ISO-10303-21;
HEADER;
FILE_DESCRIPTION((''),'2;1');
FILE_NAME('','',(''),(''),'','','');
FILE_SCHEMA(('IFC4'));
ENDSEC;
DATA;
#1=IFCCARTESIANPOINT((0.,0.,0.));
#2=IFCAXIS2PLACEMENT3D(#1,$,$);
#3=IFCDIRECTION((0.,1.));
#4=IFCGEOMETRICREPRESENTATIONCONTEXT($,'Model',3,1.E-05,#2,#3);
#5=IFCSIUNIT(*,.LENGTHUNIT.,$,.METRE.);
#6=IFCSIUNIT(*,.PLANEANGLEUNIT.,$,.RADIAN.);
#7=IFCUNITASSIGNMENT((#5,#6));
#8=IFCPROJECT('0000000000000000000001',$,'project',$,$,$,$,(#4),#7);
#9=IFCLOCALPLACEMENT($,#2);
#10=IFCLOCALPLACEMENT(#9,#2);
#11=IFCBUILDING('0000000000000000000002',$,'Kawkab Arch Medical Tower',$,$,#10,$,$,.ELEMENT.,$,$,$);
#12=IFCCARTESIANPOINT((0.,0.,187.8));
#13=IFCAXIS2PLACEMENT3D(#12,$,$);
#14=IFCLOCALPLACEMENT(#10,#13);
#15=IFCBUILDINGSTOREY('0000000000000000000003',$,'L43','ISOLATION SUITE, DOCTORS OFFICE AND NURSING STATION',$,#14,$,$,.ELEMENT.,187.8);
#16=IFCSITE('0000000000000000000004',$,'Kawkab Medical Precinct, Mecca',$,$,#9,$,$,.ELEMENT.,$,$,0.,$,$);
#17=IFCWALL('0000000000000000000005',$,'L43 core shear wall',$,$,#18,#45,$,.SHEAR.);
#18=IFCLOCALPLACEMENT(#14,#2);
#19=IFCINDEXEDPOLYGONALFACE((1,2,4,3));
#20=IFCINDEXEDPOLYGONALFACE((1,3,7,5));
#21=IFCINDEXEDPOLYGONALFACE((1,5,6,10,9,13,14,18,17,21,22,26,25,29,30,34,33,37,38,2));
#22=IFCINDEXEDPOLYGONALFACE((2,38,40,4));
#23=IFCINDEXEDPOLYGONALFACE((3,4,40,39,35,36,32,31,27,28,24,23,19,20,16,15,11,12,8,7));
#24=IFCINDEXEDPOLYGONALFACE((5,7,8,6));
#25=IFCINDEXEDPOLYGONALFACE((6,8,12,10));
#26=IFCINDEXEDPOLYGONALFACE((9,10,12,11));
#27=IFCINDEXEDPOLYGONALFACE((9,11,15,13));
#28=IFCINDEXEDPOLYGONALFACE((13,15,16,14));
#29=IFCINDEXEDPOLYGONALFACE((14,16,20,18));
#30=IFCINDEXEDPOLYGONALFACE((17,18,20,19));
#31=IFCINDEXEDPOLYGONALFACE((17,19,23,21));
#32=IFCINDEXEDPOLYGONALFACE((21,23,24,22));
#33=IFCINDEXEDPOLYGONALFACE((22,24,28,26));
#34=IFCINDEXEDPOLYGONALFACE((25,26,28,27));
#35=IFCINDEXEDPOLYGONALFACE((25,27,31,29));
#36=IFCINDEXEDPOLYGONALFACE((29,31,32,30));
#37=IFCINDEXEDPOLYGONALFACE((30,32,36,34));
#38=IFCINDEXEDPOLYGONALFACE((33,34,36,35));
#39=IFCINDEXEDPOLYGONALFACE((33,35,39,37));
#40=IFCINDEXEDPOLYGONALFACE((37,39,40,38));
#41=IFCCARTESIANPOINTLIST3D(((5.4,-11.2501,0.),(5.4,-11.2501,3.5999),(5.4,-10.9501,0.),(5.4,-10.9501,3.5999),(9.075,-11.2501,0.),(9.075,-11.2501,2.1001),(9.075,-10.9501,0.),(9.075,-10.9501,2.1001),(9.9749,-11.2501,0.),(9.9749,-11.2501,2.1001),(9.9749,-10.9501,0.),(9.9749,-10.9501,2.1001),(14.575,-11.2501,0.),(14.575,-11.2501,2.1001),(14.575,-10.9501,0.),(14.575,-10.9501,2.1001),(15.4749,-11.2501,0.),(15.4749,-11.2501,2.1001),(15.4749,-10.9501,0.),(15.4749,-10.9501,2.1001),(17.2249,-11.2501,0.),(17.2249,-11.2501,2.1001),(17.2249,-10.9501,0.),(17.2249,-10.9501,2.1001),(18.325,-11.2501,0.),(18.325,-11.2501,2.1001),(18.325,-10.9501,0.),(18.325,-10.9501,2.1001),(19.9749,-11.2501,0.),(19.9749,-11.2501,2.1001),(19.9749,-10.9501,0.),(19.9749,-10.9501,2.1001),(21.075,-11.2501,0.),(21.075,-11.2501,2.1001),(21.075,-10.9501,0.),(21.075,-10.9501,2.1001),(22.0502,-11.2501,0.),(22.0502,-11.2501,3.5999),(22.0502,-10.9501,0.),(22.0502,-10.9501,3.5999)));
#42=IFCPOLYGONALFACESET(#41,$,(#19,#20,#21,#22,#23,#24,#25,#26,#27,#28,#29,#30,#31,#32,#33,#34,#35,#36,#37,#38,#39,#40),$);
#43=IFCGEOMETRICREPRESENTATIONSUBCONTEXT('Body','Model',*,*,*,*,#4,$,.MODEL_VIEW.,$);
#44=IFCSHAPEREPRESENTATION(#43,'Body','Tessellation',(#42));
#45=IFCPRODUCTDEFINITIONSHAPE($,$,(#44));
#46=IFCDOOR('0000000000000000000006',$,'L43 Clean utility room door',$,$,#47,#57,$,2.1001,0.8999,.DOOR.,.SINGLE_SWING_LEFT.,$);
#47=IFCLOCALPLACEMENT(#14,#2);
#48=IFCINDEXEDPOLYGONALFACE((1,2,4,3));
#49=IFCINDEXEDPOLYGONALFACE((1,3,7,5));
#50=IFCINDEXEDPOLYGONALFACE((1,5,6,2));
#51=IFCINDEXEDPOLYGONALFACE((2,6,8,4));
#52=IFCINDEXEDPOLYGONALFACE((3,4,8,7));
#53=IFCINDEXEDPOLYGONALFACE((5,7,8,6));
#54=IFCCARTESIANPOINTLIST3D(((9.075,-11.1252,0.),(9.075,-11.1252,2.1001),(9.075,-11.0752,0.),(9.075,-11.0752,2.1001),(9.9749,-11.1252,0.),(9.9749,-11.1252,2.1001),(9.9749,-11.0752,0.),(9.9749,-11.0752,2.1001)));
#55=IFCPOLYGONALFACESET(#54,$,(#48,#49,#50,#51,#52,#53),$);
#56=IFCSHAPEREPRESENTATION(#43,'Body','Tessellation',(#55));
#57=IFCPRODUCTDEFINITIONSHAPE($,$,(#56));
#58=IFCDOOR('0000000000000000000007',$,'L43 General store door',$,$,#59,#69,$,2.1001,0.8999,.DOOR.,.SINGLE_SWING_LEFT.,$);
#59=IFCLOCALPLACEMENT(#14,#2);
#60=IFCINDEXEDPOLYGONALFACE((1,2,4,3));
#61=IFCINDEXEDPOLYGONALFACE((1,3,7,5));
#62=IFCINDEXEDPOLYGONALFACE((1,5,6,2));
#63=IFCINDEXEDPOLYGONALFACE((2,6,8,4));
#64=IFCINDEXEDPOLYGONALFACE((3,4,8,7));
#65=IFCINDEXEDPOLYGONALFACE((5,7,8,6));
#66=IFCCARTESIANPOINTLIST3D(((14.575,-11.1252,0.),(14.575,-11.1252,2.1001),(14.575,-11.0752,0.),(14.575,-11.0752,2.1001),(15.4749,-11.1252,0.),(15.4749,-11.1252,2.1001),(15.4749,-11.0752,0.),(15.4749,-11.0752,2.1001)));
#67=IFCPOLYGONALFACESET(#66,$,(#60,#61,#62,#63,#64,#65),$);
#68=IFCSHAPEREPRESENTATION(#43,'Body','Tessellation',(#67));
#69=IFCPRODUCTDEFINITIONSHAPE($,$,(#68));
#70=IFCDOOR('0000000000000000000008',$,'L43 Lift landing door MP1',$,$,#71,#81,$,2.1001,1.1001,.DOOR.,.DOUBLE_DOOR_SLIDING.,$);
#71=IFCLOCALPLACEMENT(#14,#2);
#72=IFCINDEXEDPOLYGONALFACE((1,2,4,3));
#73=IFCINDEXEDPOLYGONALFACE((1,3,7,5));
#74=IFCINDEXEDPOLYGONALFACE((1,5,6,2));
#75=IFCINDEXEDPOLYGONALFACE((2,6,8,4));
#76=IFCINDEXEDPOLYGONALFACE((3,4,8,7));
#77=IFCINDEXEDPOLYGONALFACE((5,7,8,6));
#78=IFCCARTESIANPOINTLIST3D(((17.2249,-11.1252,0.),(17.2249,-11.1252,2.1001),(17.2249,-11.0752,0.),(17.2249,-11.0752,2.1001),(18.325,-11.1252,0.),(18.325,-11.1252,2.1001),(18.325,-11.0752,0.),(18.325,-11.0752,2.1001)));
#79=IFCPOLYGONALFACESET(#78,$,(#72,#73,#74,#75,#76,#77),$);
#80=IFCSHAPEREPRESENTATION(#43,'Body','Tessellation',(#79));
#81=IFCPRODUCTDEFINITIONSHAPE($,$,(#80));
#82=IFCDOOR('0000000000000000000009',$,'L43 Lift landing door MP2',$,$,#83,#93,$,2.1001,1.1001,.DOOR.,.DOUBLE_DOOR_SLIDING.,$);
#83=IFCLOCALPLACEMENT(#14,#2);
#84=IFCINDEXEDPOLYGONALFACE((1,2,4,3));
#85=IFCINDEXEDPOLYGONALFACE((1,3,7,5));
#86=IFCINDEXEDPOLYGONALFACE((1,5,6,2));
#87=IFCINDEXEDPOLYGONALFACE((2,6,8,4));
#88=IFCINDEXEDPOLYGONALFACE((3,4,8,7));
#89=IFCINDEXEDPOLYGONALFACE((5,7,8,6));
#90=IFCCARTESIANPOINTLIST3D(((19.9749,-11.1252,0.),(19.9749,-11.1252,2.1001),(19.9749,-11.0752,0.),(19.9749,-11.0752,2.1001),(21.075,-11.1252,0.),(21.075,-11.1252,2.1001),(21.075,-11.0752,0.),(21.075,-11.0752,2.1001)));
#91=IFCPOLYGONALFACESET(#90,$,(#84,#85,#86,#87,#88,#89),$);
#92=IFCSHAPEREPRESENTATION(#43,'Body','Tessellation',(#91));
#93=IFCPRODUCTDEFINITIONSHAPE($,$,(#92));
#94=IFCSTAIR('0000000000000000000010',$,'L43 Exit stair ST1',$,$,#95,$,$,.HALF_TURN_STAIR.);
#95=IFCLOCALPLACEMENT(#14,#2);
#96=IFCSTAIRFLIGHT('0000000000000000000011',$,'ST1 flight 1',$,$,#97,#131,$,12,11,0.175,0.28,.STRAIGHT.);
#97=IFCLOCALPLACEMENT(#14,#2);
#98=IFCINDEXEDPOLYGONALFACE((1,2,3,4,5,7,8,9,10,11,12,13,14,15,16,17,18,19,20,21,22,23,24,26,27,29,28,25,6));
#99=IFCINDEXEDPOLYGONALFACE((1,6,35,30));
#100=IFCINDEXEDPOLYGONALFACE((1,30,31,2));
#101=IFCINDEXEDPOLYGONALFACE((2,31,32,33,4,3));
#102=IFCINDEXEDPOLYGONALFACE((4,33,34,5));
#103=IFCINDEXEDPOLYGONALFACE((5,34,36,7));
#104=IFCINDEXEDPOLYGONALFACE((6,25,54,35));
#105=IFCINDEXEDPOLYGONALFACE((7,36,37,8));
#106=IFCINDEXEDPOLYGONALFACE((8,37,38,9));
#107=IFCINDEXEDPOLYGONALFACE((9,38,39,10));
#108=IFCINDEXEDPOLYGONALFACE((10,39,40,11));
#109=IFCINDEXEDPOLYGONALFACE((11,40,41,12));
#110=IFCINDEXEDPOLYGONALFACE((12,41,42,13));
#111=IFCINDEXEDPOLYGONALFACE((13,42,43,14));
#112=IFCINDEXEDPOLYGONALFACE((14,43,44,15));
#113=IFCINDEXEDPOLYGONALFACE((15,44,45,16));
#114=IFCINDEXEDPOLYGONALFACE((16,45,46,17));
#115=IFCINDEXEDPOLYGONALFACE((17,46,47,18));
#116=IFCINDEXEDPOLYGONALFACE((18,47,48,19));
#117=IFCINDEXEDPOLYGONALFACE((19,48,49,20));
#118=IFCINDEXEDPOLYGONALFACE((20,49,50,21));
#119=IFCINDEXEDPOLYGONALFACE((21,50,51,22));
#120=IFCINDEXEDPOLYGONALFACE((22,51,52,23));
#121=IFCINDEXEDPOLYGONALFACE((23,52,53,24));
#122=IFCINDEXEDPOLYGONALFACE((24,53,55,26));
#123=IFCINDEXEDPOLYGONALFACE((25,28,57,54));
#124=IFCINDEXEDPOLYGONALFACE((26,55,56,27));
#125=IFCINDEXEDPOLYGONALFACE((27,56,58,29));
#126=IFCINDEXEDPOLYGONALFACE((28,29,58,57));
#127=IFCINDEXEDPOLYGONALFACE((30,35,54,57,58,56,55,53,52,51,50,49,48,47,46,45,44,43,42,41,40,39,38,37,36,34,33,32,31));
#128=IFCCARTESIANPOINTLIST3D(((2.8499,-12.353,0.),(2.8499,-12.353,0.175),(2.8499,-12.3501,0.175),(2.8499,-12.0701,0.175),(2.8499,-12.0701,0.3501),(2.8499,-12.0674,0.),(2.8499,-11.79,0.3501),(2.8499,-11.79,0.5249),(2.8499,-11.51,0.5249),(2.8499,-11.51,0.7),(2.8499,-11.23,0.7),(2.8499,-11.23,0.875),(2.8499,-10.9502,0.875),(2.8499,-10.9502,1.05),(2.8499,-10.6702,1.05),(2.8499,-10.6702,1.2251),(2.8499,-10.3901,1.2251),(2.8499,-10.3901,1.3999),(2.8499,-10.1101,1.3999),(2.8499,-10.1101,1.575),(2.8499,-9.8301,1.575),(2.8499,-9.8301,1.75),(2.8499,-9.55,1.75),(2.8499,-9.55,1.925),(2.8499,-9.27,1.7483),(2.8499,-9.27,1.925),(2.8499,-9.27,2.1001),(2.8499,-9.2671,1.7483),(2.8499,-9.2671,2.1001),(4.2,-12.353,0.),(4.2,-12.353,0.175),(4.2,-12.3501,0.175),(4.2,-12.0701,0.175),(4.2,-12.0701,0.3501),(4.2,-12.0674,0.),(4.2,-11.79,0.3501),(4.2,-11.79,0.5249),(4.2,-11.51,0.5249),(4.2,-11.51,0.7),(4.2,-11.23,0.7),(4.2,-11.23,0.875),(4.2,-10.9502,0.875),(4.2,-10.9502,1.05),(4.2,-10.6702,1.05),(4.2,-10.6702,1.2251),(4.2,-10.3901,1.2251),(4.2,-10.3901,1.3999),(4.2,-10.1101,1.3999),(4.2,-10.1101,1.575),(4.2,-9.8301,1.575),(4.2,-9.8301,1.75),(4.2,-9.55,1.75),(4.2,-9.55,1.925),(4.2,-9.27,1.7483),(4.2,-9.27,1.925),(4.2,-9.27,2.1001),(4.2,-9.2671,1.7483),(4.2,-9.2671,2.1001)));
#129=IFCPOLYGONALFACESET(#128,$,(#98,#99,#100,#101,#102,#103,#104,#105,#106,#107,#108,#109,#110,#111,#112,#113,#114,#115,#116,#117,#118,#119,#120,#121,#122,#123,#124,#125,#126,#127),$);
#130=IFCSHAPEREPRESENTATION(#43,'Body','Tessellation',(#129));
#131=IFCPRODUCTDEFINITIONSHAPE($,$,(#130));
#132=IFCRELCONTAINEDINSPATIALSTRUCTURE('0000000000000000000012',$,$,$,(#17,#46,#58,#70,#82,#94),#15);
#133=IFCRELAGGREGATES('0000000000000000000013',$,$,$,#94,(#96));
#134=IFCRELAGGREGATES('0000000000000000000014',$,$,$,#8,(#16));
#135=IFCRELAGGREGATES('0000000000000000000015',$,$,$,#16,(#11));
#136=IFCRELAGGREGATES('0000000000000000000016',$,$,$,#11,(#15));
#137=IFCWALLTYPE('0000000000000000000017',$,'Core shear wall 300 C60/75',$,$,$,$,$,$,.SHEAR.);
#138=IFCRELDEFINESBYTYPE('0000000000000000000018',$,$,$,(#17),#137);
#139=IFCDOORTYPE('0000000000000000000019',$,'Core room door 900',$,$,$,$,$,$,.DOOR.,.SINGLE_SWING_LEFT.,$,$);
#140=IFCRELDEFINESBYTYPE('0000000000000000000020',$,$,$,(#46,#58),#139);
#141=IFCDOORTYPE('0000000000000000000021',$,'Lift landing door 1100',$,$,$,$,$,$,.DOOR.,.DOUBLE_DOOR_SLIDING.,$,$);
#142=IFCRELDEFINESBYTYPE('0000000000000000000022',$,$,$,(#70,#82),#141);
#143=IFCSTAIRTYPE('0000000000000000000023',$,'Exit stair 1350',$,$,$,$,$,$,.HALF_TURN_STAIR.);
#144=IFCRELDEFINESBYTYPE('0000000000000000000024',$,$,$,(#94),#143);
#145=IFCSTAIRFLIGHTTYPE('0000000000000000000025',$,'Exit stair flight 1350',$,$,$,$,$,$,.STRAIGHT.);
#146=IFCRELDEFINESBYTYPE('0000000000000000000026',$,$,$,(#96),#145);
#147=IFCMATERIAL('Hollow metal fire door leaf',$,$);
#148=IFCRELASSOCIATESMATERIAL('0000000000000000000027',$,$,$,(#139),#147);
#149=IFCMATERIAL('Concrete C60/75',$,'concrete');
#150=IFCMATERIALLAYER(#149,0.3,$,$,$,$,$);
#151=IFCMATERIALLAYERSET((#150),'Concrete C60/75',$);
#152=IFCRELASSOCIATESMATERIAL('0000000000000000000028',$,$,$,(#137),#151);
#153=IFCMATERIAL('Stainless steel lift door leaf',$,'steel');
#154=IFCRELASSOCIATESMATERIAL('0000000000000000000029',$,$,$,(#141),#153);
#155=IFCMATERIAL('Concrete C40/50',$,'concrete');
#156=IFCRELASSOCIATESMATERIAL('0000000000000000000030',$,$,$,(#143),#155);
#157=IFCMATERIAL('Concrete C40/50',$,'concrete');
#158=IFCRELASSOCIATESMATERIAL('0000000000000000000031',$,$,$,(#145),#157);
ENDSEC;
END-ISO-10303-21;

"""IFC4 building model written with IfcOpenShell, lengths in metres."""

from ifc_helpers import new_model, si_unit, direction, frame, frame_2d, origin, place, context, subcontext, project, spatial, polyline, rectangle, outline, extrude, material, layer, layer_set, type_object, element, fill, aggregate, save


model = new_model("IFC4")

# Units and contexts
model_context = context("Model", 3, precision=1e-05, world=origin(), true_north=direction((0.0, 1.0)))
body_context = subcontext(model_context, "Body", "Model", "MODEL_VIEW")
ifc_project = project(units=[si_unit("LENGTHUNIT", "METRE"), si_unit("PLANEANGLEUNIT", "RADIAN")], contexts=[model_context])

# Site, building, storey
site_placement = place(None, origin())
site = spatial("IfcSite", under=ifc_project, at=site_placement, Name="Kawkab Medical Precinct, Mecca", CompositionType="ELEMENT", RefElevation=0.0)
building_placement = place(site_placement, origin())
building = spatial("IfcBuilding", under=site, at=building_placement, Name="Kawkab Arch Medical Tower", CompositionType="ELEMENT")
storey_placement = place(building_placement, frame((0.0, 0.0, 187.8)))
storey = spatial("IfcBuildingStorey", under=building, at=storey_placement, Name="L43", Description="ISOLATION SUITE, DOCTORS OFFICE AND NURSING STATION", CompositionType="ELEMENT", Elevation=187.8)

# Shared definitions
ifc_material_1 = material(Name="Hollow metal fire door leaf")
door_type_1 = type_object("IfcDoorType", Name="Core room door 900", OperationType="SINGLE_SWING_LEFT", PredefinedType="DOOR", material=ifc_material_1)

# Shared definitions
ifc_material_2 = material(Name="Concrete C60/75", Category="concrete")
ifc_layer_1 = layer(ifc_material_2, 0.3)
ifc_layer_set_1 = layer_set([ifc_layer_1], Name="Concrete C60/75")
wall_type_1 = type_object("IfcWallType", Name="Core shear wall 300 C60/75", PredefinedType="SHEAR", material=ifc_layer_set_1)

# Wall, openings, doors
wall_1_placement = place(storey_placement, frame((5.3999, -11.1001, 0.0), z_axis=(0.0, 0.0, 1.0), x_axis=(1.0, 0.0, 0.0)))
wall_1 = element("IfcWall", 1, at=wall_1_placement, inside=storey, type_object=wall_type_1, Name="L43 core shear wall", PredefinedType="SHEAR", context=body_context, shape_type="SweptSolid", body=[
    extrude(rectangle(XDim=16.6501, YDim=0.3, at=frame_2d((8.3252, 0.0))), origin(), (0.0, 0.0, 1.0), 3.5999),
])
opening_1_placement = place(wall_1_placement, frame((11.825, 0.0, 0.0)))
opening_1 = element("IfcOpeningElement", 2, at=opening_1_placement, cuts=wall_1, PredefinedType="OPENING", context=body_context, shape_type="SweptSolid", body=[
    extrude(rectangle(XDim=1.1001, YDim=2.1001, at=frame_2d((0.55, 1.05))), frame((0.0, 0.1599, 0.0), z_axis=(0.0, -1.0, 0.0), x_axis=(1.0, 0.0, 0.0)), (0.0, 0.0, 1.0), 0.3201),
])
opening_2_placement = place(wall_1_placement, frame((14.575, 0.0, 0.0)))
opening_2 = element("IfcOpeningElement", 3, at=opening_2_placement, cuts=wall_1, PredefinedType="OPENING", context=body_context, shape_type="SweptSolid", body=[
    extrude(rectangle(XDim=1.1001, YDim=2.1001, at=frame_2d((0.55, 1.05))), frame((0.0, 0.1599, 0.0), z_axis=(0.0, -1.0, 0.0), x_axis=(1.0, 0.0, 0.0)), (0.0, 0.0, 1.0), 0.3201),
])
opening_3_placement = place(wall_1_placement, frame((3.675, 0.0, 0.0)))
opening_3 = element("IfcOpeningElement", 4, at=opening_3_placement, cuts=wall_1, PredefinedType="OPENING", context=body_context, shape_type="SweptSolid", body=[
    extrude(rectangle(XDim=0.8999, YDim=2.1001, at=frame_2d((0.45, 1.05))), frame((0.0, 0.1599, 0.0), z_axis=(0.0, -1.0, 0.0), x_axis=(1.0, 0.0, 0.0)), (0.0, 0.0, 1.0), 0.3201),
])
opening_4_placement = place(wall_1_placement, frame((9.175, 0.0, 0.0)))
opening_4 = element("IfcOpeningElement", 5, at=opening_4_placement, cuts=wall_1, PredefinedType="OPENING", context=body_context, shape_type="SweptSolid", body=[
    extrude(rectangle(XDim=0.8999, YDim=2.1001, at=frame_2d((0.45, 1.05))), frame((0.0, 0.1599, 0.0), z_axis=(0.0, -1.0, 0.0), x_axis=(1.0, 0.0, 0.0)), (0.0, 0.0, 1.0), 0.3201),
])
door_1_placement = place(opening_3_placement, origin())
door_1 = element("IfcDoor", 6, at=door_1_placement, inside=storey, type_object=door_type_1, Name="L43 Clean utility room door", OperationType="SINGLE_SWING_LEFT", OverallHeight=2.1001, OverallWidth=0.8999, PredefinedType="DOOR", context=body_context, shape_type="SweptSolid", body=[
    extrude(rectangle(XDim=0.8999, YDim=2.1001, at=frame_2d((0.45, 1.05))), frame((0.0, 0.0249, 0.0), z_axis=(0.0, -1.0, 0.0), x_axis=(1.0, 0.0, 0.0)), (0.0, 0.0, 1.0), 0.05),
])
fill(opening_3, door_1)
door_2_placement = place(opening_4_placement, origin())
door_2 = element("IfcDoor", 7, at=door_2_placement, inside=storey, type_object=door_type_1, Name="L43 General store door", OperationType="SINGLE_SWING_LEFT", OverallHeight=2.1001, OverallWidth=0.8999, PredefinedType="DOOR", context=body_context, shape_type="SweptSolid", body=[
    extrude(rectangle(XDim=0.8999, YDim=2.1001, at=frame_2d((0.45, 1.05))), frame((0.0, 0.0249, 0.0), z_axis=(0.0, -1.0, 0.0), x_axis=(1.0, 0.0, 0.0)), (0.0, 0.0, 1.0), 0.05),
])
fill(opening_4, door_2)
ifc_material_3 = material(Name="Stainless steel lift door leaf", Category="steel")
door_type_2 = type_object("IfcDoorType", Name="Lift landing door 1100", OperationType="DOUBLE_DOOR_SLIDING", PredefinedType="DOOR", material=ifc_material_3)
door_3_placement = place(opening_1_placement, origin())
door_3 = element("IfcDoor", 8, at=door_3_placement, inside=storey, type_object=door_type_2, Name="L43 Lift landing door MP1", OperationType="DOUBLE_DOOR_SLIDING", OverallHeight=2.1001, OverallWidth=1.1001, PredefinedType="DOOR", context=body_context, shape_type="SweptSolid", body=[
    extrude(rectangle(XDim=1.1001, YDim=2.1001, at=frame_2d((0.55, 1.05))), frame((0.0, 0.0249, 0.0), z_axis=(0.0, -1.0, 0.0), x_axis=(1.0, 0.0, 0.0)), (0.0, 0.0, 1.0), 0.05),
])
fill(opening_1, door_3)
door_4_placement = place(opening_2_placement, origin())
door_4 = element("IfcDoor", 9, at=door_4_placement, inside=storey, type_object=door_type_2, Name="L43 Lift landing door MP2", OperationType="DOUBLE_DOOR_SLIDING", OverallHeight=2.1001, OverallWidth=1.1001, PredefinedType="DOOR", context=body_context, shape_type="SweptSolid", body=[
    extrude(rectangle(XDim=1.1001, YDim=2.1001, at=frame_2d((0.55, 1.05))), frame((0.0, 0.0249, 0.0), z_axis=(0.0, -1.0, 0.0), x_axis=(1.0, 0.0, 0.0)), (0.0, 0.0, 1.0), 0.05),
])
fill(opening_2, door_4)

# Stair, stair flight
ifc_material_4 = material(Name="Concrete C40/50", Category="concrete")
stair_type = type_object("IfcStairType", Name="Exit stair 1350", PredefinedType="HALF_TURN_STAIR", material=ifc_material_4)
stair_placement = place(storey_placement, origin())
stair = element("IfcStair", 10, at=stair_placement, inside=storey, type_object=stair_type, Name="L43 Exit stair ST1", PredefinedType="HALF_TURN_STAIR")
ifc_material_5 = material(Name="Concrete C40/50", Category="concrete")
stair_flight_type = type_object("IfcStairFlightType", Name="Exit stair flight 1350", PredefinedType="STRAIGHT", material=ifc_material_5)
stair_flight_placement = place(storey_placement, frame((3.5249, -12.3501, 0.0), z_axis=(0.0, 0.0, 1.0), x_axis=(0.0, 1.0, 0.0)))
stair_flight = element("IfcStairFlight", 11, at=stair_flight_placement, type_object=stair_flight_type, Name="ST1 flight 1", NumberOfRisers=12, NumberOfTreads=11, PredefinedType="STRAIGHT", RiserHeight=0.175, TreadLength=0.28, context=body_context, shape_type="SweptSolid", body=[
    extrude(outline(polyline([(-0.0029, 0.0), (-0.0029, 0.175), (0.0, 0.175), (0.28, 0.175), (0.28, 0.3501), (0.5601, 0.3501), (0.5601, 0.5249), (0.8401, 0.5249), (0.8401, 0.7), (1.1201, 0.7), (1.1201, 0.875), (1.3999, 0.875), (1.3999, 1.05), (1.6799, 1.05), (1.6799, 1.2251), (1.96, 1.2251), (1.96, 1.3999), (2.24, 1.3999), (2.24, 1.575), (2.52, 1.575), (2.52, 1.75), (2.8, 1.75), (2.8, 1.925), (3.0801, 1.925), (3.0801, 2.1001), (3.083, 2.1001), (3.083, 1.7483), (3.0801, 1.7483), (0.2827, 0.0), (-0.0029, 0.0)])), frame((0.0, 0.675, 0.0), z_axis=(0.0, -1.0, 0.0), x_axis=(1.0, 0.0, 0.0)), (0.0, 0.0, 1.0), 1.3501),
])
aggregate(stair, [stair_flight])

save(model, "model.ifc")
